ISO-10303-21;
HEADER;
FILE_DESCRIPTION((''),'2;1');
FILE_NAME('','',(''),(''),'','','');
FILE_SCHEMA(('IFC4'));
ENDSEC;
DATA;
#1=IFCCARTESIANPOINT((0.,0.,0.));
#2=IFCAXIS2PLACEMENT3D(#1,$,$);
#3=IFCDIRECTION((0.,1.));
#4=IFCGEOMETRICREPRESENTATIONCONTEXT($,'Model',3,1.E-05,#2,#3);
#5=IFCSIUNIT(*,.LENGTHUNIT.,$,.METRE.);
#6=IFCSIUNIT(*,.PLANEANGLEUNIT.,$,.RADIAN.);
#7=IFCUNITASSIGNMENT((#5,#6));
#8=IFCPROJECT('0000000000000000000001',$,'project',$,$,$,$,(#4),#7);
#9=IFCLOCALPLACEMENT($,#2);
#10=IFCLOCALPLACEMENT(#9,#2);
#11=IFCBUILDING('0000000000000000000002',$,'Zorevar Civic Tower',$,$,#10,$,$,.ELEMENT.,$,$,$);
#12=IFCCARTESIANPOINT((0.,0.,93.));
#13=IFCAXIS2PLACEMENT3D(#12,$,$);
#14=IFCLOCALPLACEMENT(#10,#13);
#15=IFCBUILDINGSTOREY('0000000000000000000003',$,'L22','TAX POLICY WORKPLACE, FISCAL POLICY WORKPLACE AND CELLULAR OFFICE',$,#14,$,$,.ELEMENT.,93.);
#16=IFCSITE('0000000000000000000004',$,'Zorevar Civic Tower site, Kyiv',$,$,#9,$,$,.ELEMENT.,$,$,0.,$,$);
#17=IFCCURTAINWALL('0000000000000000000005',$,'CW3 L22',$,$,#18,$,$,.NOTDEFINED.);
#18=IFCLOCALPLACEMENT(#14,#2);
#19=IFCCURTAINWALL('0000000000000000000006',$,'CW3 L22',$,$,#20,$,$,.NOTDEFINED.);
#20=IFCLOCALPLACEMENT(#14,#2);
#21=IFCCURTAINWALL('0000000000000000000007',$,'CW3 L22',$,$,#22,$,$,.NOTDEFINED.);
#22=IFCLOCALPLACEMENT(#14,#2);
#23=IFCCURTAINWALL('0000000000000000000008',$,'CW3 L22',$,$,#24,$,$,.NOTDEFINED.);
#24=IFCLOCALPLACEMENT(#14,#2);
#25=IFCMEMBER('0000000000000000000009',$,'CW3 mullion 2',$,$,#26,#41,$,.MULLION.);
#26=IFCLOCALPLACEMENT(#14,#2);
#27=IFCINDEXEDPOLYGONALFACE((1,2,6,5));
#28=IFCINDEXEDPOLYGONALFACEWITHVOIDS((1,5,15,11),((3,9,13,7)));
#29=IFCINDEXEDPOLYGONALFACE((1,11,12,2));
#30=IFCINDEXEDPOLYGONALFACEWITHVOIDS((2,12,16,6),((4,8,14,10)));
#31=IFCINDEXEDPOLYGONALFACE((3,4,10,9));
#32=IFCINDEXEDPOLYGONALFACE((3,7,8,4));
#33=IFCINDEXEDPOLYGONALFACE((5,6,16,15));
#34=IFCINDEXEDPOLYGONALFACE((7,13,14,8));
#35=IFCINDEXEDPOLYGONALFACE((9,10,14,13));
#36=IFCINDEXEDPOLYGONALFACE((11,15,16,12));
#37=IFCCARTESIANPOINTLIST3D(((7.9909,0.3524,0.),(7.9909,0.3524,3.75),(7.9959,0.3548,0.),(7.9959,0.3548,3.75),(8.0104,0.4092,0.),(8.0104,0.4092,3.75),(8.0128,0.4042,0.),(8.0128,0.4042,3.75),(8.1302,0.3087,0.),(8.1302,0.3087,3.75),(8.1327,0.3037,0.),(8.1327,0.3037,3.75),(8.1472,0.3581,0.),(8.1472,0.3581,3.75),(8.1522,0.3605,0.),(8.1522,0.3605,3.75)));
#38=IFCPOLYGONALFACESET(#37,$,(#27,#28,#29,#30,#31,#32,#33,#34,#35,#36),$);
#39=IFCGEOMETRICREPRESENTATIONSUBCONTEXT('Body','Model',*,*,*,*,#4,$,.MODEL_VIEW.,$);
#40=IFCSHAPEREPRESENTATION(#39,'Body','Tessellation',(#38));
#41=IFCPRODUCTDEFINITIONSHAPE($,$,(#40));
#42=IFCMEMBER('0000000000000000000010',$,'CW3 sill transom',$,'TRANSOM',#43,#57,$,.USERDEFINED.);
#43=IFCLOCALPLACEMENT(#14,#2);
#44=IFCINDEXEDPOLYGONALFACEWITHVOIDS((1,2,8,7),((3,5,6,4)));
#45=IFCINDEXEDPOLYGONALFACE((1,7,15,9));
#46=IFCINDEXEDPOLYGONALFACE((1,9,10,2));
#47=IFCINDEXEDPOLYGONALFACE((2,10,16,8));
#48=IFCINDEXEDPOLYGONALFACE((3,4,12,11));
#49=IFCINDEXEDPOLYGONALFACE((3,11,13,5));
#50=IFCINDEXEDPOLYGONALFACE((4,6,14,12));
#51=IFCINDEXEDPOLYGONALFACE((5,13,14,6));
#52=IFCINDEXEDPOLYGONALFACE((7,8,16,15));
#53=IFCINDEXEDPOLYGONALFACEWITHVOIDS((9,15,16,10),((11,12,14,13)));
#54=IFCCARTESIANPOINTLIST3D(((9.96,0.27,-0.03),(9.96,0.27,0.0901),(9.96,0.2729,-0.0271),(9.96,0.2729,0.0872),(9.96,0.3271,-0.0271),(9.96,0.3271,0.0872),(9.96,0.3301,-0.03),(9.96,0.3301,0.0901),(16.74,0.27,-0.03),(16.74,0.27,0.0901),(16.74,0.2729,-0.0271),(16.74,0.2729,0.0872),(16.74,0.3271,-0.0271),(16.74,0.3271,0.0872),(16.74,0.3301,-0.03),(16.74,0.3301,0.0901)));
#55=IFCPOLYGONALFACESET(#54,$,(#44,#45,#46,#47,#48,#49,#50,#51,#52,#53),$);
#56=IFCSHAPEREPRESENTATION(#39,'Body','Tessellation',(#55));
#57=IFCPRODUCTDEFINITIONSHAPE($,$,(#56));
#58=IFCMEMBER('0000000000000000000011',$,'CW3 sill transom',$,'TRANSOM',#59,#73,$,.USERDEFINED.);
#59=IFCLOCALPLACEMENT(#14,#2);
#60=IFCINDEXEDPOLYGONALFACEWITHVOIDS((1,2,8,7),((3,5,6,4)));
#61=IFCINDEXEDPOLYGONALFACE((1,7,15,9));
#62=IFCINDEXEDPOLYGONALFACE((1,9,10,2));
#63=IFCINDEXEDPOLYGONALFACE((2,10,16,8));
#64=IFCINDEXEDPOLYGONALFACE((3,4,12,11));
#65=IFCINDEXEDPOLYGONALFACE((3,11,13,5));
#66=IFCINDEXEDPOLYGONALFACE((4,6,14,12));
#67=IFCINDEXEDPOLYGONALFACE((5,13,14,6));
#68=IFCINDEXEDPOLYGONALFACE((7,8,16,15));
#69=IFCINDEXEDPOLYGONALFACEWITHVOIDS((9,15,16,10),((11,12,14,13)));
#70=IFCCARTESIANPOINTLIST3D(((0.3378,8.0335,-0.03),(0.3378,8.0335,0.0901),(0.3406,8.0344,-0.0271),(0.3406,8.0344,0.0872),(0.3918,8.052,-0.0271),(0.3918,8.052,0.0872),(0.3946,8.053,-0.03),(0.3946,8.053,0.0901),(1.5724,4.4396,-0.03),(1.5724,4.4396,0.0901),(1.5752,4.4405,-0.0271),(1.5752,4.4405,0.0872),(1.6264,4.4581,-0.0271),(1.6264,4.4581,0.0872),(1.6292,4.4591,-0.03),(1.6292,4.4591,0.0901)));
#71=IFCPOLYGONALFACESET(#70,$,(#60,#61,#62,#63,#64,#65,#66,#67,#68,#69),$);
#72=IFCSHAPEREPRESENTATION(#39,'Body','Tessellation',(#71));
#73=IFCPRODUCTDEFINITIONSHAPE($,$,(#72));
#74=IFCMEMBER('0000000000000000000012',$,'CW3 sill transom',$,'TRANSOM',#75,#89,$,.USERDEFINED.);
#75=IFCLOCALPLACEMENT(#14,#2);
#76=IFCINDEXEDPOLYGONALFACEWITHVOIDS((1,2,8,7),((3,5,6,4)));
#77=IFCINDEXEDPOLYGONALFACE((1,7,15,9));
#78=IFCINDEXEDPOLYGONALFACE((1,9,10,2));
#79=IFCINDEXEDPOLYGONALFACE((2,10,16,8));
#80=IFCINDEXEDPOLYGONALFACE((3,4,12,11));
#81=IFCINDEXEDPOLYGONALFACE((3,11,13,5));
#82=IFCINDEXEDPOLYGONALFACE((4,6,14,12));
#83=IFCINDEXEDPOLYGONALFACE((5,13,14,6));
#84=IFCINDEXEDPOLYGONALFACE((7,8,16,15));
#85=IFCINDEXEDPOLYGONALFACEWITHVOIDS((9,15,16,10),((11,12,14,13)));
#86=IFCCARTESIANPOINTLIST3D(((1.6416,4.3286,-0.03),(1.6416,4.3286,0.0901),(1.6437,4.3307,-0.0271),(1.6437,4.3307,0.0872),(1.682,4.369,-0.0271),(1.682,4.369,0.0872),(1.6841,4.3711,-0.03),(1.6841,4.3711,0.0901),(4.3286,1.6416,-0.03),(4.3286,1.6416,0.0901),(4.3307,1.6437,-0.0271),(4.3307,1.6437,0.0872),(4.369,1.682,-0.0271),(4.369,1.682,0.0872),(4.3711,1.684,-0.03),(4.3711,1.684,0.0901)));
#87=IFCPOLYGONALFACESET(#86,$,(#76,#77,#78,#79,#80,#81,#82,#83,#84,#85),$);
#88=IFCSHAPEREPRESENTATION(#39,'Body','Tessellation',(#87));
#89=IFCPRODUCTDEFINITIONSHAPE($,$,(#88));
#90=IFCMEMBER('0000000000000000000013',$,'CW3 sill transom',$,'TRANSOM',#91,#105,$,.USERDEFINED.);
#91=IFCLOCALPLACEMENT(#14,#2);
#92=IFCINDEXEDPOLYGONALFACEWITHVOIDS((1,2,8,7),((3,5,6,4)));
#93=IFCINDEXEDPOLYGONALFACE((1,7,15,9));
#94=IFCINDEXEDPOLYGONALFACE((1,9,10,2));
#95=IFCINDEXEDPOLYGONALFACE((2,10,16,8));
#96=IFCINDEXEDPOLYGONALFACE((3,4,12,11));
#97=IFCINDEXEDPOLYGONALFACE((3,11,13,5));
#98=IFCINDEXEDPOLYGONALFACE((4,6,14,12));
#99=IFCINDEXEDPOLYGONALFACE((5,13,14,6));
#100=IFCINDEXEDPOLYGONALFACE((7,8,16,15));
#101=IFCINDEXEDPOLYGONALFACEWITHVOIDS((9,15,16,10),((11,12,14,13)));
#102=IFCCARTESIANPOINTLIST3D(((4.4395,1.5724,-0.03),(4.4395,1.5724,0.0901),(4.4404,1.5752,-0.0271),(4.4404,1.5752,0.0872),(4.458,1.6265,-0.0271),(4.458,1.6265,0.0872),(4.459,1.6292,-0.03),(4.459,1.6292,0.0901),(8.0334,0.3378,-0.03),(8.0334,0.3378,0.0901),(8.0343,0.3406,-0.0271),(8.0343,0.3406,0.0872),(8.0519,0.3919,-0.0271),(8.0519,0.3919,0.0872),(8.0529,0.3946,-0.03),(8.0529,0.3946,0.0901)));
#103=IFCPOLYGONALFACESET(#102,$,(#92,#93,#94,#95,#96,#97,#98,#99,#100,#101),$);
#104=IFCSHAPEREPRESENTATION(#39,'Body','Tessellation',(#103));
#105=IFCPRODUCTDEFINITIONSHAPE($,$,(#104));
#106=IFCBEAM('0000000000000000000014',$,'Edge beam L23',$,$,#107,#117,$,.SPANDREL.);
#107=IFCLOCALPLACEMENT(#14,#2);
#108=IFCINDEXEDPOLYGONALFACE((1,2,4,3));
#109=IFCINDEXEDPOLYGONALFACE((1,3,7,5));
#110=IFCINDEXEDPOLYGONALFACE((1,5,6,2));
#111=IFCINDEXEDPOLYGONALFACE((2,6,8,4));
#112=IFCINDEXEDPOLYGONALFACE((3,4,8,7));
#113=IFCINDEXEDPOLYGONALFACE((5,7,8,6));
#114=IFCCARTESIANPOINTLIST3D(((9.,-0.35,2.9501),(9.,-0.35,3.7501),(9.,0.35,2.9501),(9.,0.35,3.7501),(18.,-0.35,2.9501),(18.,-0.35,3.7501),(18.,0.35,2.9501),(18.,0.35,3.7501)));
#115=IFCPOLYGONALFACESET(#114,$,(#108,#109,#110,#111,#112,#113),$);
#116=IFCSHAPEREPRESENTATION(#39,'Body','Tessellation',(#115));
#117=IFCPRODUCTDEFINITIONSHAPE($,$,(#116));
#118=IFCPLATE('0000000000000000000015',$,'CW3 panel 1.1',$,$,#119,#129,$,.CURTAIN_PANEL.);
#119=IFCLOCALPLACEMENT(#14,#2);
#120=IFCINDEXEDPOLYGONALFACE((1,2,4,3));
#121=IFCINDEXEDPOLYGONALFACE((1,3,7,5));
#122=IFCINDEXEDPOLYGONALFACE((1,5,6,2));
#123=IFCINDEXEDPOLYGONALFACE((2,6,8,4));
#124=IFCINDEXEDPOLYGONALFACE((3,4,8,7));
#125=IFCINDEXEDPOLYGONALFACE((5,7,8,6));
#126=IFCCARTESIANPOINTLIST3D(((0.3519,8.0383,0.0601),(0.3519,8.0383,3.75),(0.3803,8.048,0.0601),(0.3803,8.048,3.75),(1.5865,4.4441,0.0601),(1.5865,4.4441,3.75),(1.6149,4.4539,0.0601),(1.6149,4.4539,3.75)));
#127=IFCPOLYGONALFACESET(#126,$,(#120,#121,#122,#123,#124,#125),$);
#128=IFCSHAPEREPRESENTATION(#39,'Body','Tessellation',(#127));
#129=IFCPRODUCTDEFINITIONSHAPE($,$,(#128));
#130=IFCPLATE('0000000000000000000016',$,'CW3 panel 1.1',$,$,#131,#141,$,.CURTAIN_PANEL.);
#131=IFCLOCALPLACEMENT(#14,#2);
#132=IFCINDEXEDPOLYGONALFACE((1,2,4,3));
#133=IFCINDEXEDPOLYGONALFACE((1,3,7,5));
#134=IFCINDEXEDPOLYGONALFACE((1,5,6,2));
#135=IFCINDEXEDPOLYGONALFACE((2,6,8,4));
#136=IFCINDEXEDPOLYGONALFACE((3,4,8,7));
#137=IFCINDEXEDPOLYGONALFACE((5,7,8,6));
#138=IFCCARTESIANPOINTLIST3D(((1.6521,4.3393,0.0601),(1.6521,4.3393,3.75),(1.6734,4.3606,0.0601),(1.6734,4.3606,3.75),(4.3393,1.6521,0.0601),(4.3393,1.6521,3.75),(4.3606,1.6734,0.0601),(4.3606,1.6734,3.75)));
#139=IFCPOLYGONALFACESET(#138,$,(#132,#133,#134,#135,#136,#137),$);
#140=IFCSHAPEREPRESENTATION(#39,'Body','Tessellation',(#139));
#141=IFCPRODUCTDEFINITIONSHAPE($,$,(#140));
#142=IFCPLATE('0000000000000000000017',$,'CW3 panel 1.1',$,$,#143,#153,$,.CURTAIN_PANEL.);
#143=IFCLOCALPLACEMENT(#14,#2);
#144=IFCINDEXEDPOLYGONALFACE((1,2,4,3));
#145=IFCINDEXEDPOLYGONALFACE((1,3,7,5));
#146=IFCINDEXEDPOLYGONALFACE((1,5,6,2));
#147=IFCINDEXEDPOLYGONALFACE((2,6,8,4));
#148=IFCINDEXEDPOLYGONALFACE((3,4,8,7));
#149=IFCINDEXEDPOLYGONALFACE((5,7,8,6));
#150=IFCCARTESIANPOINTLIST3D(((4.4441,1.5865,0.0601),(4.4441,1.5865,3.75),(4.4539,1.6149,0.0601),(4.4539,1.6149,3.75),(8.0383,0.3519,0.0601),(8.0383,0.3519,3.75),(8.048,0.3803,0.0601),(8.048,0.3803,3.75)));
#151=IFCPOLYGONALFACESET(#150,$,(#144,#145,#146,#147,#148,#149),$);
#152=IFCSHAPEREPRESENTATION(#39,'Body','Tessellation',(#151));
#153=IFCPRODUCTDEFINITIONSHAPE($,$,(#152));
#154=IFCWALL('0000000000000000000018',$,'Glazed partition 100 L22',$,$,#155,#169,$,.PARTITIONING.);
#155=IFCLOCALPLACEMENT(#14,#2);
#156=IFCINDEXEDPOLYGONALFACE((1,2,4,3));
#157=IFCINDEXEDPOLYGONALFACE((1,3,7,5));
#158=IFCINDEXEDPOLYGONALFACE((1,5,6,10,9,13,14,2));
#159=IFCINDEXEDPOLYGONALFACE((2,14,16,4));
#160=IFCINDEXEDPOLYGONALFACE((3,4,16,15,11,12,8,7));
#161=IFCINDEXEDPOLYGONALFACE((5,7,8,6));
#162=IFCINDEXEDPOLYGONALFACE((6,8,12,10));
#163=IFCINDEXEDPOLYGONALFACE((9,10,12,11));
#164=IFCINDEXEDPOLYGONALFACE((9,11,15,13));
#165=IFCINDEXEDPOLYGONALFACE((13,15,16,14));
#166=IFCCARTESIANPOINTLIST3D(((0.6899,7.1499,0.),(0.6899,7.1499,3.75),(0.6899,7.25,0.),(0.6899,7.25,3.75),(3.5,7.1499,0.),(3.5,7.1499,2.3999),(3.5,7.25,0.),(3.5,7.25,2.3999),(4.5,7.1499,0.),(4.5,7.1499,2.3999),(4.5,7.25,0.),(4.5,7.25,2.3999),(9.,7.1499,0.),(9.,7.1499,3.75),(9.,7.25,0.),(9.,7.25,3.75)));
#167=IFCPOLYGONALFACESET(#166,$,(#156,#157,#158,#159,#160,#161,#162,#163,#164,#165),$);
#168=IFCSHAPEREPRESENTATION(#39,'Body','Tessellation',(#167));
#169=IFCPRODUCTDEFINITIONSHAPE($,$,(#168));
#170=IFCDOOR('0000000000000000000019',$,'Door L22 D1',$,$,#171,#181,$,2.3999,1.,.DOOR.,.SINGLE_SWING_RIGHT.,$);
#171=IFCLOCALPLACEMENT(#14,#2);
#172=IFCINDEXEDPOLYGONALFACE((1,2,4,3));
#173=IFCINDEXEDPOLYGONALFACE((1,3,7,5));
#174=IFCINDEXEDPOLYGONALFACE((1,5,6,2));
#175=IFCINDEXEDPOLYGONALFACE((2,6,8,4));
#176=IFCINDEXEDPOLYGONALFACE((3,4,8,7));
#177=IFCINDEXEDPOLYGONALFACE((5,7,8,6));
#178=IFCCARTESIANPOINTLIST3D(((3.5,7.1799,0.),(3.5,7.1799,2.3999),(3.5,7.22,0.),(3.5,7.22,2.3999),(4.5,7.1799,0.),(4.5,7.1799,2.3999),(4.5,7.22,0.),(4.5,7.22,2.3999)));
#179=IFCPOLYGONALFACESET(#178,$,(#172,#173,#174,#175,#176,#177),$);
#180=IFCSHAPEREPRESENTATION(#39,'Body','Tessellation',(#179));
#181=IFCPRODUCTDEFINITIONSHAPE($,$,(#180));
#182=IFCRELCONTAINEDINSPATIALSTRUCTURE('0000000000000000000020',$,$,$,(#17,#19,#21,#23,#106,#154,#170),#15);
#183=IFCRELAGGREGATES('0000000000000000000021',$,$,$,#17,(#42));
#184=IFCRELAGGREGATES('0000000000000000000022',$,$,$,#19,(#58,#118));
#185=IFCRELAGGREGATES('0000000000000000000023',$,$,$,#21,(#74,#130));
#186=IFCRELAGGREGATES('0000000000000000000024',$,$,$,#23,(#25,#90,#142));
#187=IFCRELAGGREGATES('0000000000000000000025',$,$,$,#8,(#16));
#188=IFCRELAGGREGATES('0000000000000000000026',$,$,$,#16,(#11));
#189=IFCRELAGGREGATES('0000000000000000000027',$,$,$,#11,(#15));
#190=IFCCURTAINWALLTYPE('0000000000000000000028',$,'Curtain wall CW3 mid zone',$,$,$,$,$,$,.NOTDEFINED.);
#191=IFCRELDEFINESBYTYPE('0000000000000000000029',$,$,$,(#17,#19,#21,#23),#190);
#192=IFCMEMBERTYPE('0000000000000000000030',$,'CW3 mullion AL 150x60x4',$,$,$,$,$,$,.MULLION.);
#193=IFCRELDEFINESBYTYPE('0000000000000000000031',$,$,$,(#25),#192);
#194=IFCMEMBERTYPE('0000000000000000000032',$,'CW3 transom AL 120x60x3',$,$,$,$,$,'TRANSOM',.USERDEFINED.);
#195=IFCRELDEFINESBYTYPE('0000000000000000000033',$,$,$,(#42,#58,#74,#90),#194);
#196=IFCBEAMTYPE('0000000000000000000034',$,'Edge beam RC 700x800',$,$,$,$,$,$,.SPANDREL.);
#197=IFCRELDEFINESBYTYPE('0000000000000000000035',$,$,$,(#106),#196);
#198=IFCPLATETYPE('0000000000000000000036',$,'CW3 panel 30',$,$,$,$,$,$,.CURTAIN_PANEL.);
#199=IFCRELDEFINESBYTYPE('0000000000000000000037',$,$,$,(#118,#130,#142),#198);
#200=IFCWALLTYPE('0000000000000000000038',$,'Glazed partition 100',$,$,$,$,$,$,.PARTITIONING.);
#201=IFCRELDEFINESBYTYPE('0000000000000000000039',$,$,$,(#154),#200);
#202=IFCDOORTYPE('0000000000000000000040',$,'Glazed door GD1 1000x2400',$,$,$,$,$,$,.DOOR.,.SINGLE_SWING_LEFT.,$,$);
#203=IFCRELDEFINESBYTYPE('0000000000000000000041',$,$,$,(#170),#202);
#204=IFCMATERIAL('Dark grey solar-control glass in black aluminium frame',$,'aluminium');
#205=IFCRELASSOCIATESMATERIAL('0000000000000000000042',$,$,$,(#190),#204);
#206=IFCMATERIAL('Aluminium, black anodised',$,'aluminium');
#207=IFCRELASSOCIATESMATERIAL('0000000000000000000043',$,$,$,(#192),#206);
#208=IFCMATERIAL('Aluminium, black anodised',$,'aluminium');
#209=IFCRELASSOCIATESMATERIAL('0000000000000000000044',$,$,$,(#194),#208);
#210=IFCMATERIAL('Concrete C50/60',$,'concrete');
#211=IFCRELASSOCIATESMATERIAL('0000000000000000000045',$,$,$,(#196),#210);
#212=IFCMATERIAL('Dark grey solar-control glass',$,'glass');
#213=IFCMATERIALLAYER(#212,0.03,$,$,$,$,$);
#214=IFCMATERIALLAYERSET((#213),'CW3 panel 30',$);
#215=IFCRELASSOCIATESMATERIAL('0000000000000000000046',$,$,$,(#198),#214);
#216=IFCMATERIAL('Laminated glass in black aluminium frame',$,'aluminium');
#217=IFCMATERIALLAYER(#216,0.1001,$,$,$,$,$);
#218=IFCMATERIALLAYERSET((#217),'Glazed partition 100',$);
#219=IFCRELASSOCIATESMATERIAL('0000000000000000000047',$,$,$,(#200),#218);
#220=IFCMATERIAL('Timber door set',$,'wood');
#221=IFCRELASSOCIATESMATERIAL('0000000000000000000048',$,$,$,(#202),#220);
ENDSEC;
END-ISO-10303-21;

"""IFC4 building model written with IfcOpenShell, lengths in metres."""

from ifc_helpers import new_model, si_unit, direction, frame, frame_2d, origin, origin_2d, place, context, subcontext, project, spatial, rectangle, hollow_rectangle, extrude, material, layer, layer_set, material_profile, profile_set, type_object, element, fill, aggregate, save


model = new_model("IFC4")

# Units and contexts
model_context = context("Model", 3, precision=1e-05, world=origin(), true_north=direction((0.0, 1.0)))
body_context = subcontext(model_context, "Body", "Model", "MODEL_VIEW")
ifc_project = project(units=[si_unit("LENGTHUNIT", "METRE"), si_unit("PLANEANGLEUNIT", "RADIAN")], contexts=[model_context])

# Site, building, storey
site_placement = place(None, origin())
site = spatial("IfcSite", under=ifc_project, at=site_placement, Name="Zorevar Civic Tower site, Kyiv", CompositionType="ELEMENT", RefElevation=0.0)
building_placement = place(site_placement, origin())
building = spatial("IfcBuilding", under=site, at=building_placement, Name="Zorevar Civic Tower", CompositionType="ELEMENT")
storey_placement = place(building_placement, frame((0.0, 0.0, 93.0)))
storey = spatial("IfcBuildingStorey", under=building, at=storey_placement, Name="L22", Description="TAX POLICY WORKPLACE, FISCAL POLICY WORKPLACE AND CELLULAR OFFICE", CompositionType="ELEMENT", Elevation=93.0)

# Curtain walls
ifc_material_1 = material(Name="Dark grey solar-control glass in black aluminium frame", Category="aluminium")
curtain_wall_type = type_object("IfcCurtainWallType", Name="Curtain wall CW3 mid zone", PredefinedType="NOTDEFINED", material=ifc_material_1)
curtain_wall_1_placement = place(storey_placement, origin())
curtain_wall_1 = element("IfcCurtainWall", 1, at=curtain_wall_1_placement, inside=storey, type_object=curtain_wall_type, Name="CW3 L22", PredefinedType="NOTDEFINED")
ifc_material_2 = material(Name="Aluminium, black anodised", Category="aluminium")
ifc_material_profile_1 = material_profile(ifc_material_2, hollow_rectangle(XDim=0.0601, YDim=0.1499, WallThickness=0.0039, at=origin_2d()), Name="AL 150x60x4")
ifc_profile_set_1 = profile_set([ifc_material_profile_1], Name="Aluminium, black anodised")
member_type_1 = type_object("IfcMemberType", Name="CW3 mullion AL 150x60x4", PredefinedType="MULLION", material=ifc_profile_set_1)
curtain_wall_2_placement = place(storey_placement, origin())
curtain_wall_2 = element("IfcCurtainWall", 2, at=curtain_wall_2_placement, inside=storey, type_object=curtain_wall_type, Name="CW3 L22", PredefinedType="NOTDEFINED")

# Curtain walls, member
curtain_wall_3_placement = place(storey_placement, origin())
curtain_wall_3 = element("IfcCurtainWall", 3, at=curtain_wall_3_placement, inside=storey, type_object=curtain_wall_type, Name="CW3 L22", PredefinedType="NOTDEFINED")
curtain_wall_4_placement = place(storey_placement, origin())
curtain_wall_4 = element("IfcCurtainWall", 4, at=curtain_wall_4_placement, inside=storey, type_object=curtain_wall_type, Name="CW3 L22", PredefinedType="NOTDEFINED")
member_1_placement = place(storey_placement, frame((8.0715, 0.3564, 0.0), z_axis=(0.0, 0.0, 1.0), x_axis=(0.324878, 0.945756, 0.0)))
member_1 = element("IfcMember", 5, at=member_1_placement, type_object=member_type_1, Name="CW3 mullion 2", PredefinedType="MULLION", context=body_context, shape_type="SweptSolid", body=[
    extrude(hollow_rectangle(XDim=0.0601, YDim=0.1499, WallThickness=0.0039, at=origin_2d()), origin(), (0.0, 0.0, 1.0), 3.75),
])

# Members
ifc_material_3 = material(Name="Aluminium, black anodised", Category="aluminium")
ifc_material_profile_2 = material_profile(ifc_material_3, hollow_rectangle(XDim=0.0601, YDim=0.1201, WallThickness=0.0029, at=origin_2d()), Name="AL 120x60x3")
ifc_profile_set_2 = profile_set([ifc_material_profile_2], Name="Aluminium, black anodised")
member_type_2 = type_object("IfcMemberType", Name="CW3 transom AL 120x60x3", ElementType="TRANSOM", PredefinedType="USERDEFINED", material=ifc_profile_set_2)
member_2_placement = place(storey_placement, frame((9.96, 0.3, 0.03), z_axis=(1.0, 0.0, 0.0), x_axis=(0.0, 1.0, 0.0)))
member_2 = element("IfcMember", 6, at=member_2_placement, type_object=member_type_2, Name="CW3 sill transom", ObjectType="TRANSOM", PredefinedType="USERDEFINED", context=body_context, shape_type="SweptSolid", body=[
    extrude(hollow_rectangle(XDim=0.0601, YDim=0.1201, WallThickness=0.0029, at=origin_2d()), origin(), (0.0, 0.0, 1.0), 6.78),
])
aggregate(curtain_wall_1, [member_2])
member_3_placement = place(storey_placement, frame((0.3662, 8.0432, 0.03), z_axis=(0.324888, -0.945753, 0.0), x_axis=(0.945753, 0.324888, 0.0)))
member_3 = element("IfcMember", 7, at=member_3_placement, type_object=member_type_2, Name="CW3 sill transom", ObjectType="TRANSOM", PredefinedType="USERDEFINED", context=body_context, shape_type="SweptSolid", body=[
    extrude(hollow_rectangle(XDim=0.0601, YDim=0.1201, WallThickness=0.0029, at=origin_2d()), origin(), (0.0, 0.0, 1.0), 3.8),
])
member_4_placement = place(storey_placement, frame((1.6628, 4.3499, 0.03), z_axis=(0.707107, -0.707107, 0.0), x_axis=(0.707107, 0.707107, 0.0)))
member_4 = element("IfcMember", 8, at=member_4_placement, type_object=member_type_2, Name="CW3 sill transom", ObjectType="TRANSOM", PredefinedType="USERDEFINED", context=body_context, shape_type="SweptSolid", body=[
    extrude(hollow_rectangle(XDim=0.0601, YDim=0.1201, WallThickness=0.0029, at=origin_2d()), origin(), (0.0, 0.0, 1.0), 3.8),
])
member_5_placement = place(storey_placement, frame((4.4492, 1.6008, 0.03), z_axis=(0.945753, -0.324888, 0.0), x_axis=(0.324888, 0.945753, 0.0)))
member_5 = element("IfcMember", 9, at=member_5_placement, type_object=member_type_2, Name="CW3 sill transom", ObjectType="TRANSOM", PredefinedType="USERDEFINED", context=body_context, shape_type="SweptSolid", body=[
    extrude(hollow_rectangle(XDim=0.0601, YDim=0.1201, WallThickness=0.0029, at=origin_2d()), origin(), (0.0, 0.0, 1.0), 3.8),
])

# Beam
ifc_material_4 = material(Name="Concrete C50/60", Category="concrete")
ifc_material_profile_3 = material_profile(ifc_material_4, rectangle(XDim=0.7, YDim=0.8, at=origin_2d()), Name="RC 700x800")
ifc_profile_set_3 = profile_set([ifc_material_profile_3], Name="Concrete C50/60")
beam_type_1 = type_object("IfcBeamType", Name="Edge beam RC 700x800", PredefinedType="SPANDREL", material=ifc_profile_set_3)
beam_1_placement = place(storey_placement, frame((9.0, 0.0, 3.3501), z_axis=(1.0, 0.0, 0.0), x_axis=(0.0, 1.0, 0.0)))
element("IfcBeam", 10, at=beam_1_placement, inside=storey, type_object=beam_type_1, Name="Edge beam L23", PredefinedType="SPANDREL", context=body_context, shape_type="SweptSolid", body=[
    extrude(rectangle(XDim=0.7, YDim=0.8, at=origin_2d()), origin(), (0.0, 0.0, 1.0), 9.0),
])

# Plates
ifc_material_5 = material(Name="Dark grey solar-control glass", Category="glass")
ifc_layer_1 = layer(ifc_material_5, 0.03)
ifc_layer_set_1 = layer_set([ifc_layer_1], Name="CW3 panel 30")
plate_type = type_object("IfcPlateType", Name="CW3 panel 30", PredefinedType="CURTAIN_PANEL", material=ifc_layer_set_1)
plate_1_placement = place(storey_placement, frame((0.9834, 6.2461, 0.0601), z_axis=(0.0, 0.0, 1.0), x_axis=(0.324878, -0.945756, 0.0)))
plate_1 = element("IfcPlate", 11, at=plate_1_placement, type_object=plate_type, Name="CW3 panel 1.1", PredefinedType="CURTAIN_PANEL", context=body_context, shape_type="SweptSolid", body=[
    extrude(rectangle(XDim=3.8003, YDim=0.03, at=origin_2d()), origin(), (0.0, 0.0, 1.0), 3.6899),
])
aggregate(curtain_wall_2, [member_3, plate_1])
plate_2_placement = place(storey_placement, frame((3.0063, 3.0063, 0.0601), z_axis=(0.0, 0.0, 1.0), x_axis=(0.707107, -0.707107, 0.0)))
plate_2 = element("IfcPlate", 12, at=plate_2_placement, type_object=plate_type, Name="CW3 panel 1.1", PredefinedType="CURTAIN_PANEL", context=body_context, shape_type="SweptSolid", body=[
    extrude(rectangle(XDim=3.8003, YDim=0.03, at=origin_2d()), origin(), (0.0, 0.0, 1.0), 3.6899),
])
aggregate(curtain_wall_3, [member_4, plate_2])
plate_3_placement = place(storey_placement, frame((6.2461, 0.9834, 0.0601), z_axis=(0.0, 0.0, 1.0), x_axis=(0.945756, -0.324878, 0.0)))
plate_3 = element("IfcPlate", 13, at=plate_3_placement, type_object=plate_type, Name="CW3 panel 1.1", PredefinedType="CURTAIN_PANEL", context=body_context, shape_type="SweptSolid", body=[
    extrude(rectangle(XDim=3.8003, YDim=0.03, at=origin_2d()), origin(), (0.0, 0.0, 1.0), 3.6899),
])
aggregate(curtain_wall_4, [member_1, member_5, plate_3])

# Wall, opening, door
ifc_material_6 = material(Name="Laminated glass in black aluminium frame", Category="aluminium")
ifc_layer_2 = layer(ifc_material_6, 0.1001)
ifc_layer_set_2 = layer_set([ifc_layer_2], Name="Glazed partition 100")
wall_type = type_object("IfcWallType", Name="Glazed partition 100", PredefinedType="PARTITIONING", material=ifc_layer_set_2)
wall_1_placement = place(storey_placement, frame((0.6899, 7.2, 0.0), z_axis=(0.0, 0.0, 1.0), x_axis=(1.0, 0.0, 0.0)))
wall_1 = element("IfcWall", 14, at=wall_1_placement, inside=storey, type_object=wall_type, Name="Glazed partition 100 L22", PredefinedType="PARTITIONING", context=body_context, shape_type="SweptSolid", body=[
    extrude(rectangle(XDim=8.3101, YDim=0.1001, at=frame_2d((4.155, 0.0))), origin(), (0.0, 0.0, 1.0), 3.75),
])
opening_placement = place(wall_1_placement, frame((2.8101, 0.0, 0.0)))
opening = element("IfcOpeningElement", 15, at=opening_placement, cuts=wall_1, PredefinedType="OPENING", context=body_context, shape_type="SweptSolid", body=[
    extrude(rectangle(XDim=1.0, YDim=2.3999, at=frame_2d((0.5, 1.2))), frame((0.0, 0.0601, 0.0), z_axis=(0.0, -1.0, 0.0), x_axis=(1.0, 0.0, 0.0)), (0.0, 0.0, 1.0), 0.1201),
])
ifc_material_7 = material(Name="Timber door set", Category="wood")
door_type = type_object("IfcDoorType", Name="Glazed door GD1 1000x2400", OperationType="SINGLE_SWING_LEFT", PredefinedType="DOOR", material=ifc_material_7)
door_placement = place(opening_placement, origin())
door = element("IfcDoor", 16, at=door_placement, inside=storey, type_object=door_type, Name="Door L22 D1", OperationType="SINGLE_SWING_RIGHT", OverallHeight=2.3999, OverallWidth=1.0, PredefinedType="DOOR", context=body_context, shape_type="SweptSolid", body=[
    extrude(rectangle(XDim=1.0, YDim=2.3999, at=frame_2d((0.5, 1.2))), frame((0.0, 0.02, 0.0), z_axis=(0.0, -1.0, 0.0), x_axis=(1.0, 0.0, 0.0)), (0.0, 0.0, 1.0), 0.04),
])
fill(opening, door)

save(model, "model.ifc")
